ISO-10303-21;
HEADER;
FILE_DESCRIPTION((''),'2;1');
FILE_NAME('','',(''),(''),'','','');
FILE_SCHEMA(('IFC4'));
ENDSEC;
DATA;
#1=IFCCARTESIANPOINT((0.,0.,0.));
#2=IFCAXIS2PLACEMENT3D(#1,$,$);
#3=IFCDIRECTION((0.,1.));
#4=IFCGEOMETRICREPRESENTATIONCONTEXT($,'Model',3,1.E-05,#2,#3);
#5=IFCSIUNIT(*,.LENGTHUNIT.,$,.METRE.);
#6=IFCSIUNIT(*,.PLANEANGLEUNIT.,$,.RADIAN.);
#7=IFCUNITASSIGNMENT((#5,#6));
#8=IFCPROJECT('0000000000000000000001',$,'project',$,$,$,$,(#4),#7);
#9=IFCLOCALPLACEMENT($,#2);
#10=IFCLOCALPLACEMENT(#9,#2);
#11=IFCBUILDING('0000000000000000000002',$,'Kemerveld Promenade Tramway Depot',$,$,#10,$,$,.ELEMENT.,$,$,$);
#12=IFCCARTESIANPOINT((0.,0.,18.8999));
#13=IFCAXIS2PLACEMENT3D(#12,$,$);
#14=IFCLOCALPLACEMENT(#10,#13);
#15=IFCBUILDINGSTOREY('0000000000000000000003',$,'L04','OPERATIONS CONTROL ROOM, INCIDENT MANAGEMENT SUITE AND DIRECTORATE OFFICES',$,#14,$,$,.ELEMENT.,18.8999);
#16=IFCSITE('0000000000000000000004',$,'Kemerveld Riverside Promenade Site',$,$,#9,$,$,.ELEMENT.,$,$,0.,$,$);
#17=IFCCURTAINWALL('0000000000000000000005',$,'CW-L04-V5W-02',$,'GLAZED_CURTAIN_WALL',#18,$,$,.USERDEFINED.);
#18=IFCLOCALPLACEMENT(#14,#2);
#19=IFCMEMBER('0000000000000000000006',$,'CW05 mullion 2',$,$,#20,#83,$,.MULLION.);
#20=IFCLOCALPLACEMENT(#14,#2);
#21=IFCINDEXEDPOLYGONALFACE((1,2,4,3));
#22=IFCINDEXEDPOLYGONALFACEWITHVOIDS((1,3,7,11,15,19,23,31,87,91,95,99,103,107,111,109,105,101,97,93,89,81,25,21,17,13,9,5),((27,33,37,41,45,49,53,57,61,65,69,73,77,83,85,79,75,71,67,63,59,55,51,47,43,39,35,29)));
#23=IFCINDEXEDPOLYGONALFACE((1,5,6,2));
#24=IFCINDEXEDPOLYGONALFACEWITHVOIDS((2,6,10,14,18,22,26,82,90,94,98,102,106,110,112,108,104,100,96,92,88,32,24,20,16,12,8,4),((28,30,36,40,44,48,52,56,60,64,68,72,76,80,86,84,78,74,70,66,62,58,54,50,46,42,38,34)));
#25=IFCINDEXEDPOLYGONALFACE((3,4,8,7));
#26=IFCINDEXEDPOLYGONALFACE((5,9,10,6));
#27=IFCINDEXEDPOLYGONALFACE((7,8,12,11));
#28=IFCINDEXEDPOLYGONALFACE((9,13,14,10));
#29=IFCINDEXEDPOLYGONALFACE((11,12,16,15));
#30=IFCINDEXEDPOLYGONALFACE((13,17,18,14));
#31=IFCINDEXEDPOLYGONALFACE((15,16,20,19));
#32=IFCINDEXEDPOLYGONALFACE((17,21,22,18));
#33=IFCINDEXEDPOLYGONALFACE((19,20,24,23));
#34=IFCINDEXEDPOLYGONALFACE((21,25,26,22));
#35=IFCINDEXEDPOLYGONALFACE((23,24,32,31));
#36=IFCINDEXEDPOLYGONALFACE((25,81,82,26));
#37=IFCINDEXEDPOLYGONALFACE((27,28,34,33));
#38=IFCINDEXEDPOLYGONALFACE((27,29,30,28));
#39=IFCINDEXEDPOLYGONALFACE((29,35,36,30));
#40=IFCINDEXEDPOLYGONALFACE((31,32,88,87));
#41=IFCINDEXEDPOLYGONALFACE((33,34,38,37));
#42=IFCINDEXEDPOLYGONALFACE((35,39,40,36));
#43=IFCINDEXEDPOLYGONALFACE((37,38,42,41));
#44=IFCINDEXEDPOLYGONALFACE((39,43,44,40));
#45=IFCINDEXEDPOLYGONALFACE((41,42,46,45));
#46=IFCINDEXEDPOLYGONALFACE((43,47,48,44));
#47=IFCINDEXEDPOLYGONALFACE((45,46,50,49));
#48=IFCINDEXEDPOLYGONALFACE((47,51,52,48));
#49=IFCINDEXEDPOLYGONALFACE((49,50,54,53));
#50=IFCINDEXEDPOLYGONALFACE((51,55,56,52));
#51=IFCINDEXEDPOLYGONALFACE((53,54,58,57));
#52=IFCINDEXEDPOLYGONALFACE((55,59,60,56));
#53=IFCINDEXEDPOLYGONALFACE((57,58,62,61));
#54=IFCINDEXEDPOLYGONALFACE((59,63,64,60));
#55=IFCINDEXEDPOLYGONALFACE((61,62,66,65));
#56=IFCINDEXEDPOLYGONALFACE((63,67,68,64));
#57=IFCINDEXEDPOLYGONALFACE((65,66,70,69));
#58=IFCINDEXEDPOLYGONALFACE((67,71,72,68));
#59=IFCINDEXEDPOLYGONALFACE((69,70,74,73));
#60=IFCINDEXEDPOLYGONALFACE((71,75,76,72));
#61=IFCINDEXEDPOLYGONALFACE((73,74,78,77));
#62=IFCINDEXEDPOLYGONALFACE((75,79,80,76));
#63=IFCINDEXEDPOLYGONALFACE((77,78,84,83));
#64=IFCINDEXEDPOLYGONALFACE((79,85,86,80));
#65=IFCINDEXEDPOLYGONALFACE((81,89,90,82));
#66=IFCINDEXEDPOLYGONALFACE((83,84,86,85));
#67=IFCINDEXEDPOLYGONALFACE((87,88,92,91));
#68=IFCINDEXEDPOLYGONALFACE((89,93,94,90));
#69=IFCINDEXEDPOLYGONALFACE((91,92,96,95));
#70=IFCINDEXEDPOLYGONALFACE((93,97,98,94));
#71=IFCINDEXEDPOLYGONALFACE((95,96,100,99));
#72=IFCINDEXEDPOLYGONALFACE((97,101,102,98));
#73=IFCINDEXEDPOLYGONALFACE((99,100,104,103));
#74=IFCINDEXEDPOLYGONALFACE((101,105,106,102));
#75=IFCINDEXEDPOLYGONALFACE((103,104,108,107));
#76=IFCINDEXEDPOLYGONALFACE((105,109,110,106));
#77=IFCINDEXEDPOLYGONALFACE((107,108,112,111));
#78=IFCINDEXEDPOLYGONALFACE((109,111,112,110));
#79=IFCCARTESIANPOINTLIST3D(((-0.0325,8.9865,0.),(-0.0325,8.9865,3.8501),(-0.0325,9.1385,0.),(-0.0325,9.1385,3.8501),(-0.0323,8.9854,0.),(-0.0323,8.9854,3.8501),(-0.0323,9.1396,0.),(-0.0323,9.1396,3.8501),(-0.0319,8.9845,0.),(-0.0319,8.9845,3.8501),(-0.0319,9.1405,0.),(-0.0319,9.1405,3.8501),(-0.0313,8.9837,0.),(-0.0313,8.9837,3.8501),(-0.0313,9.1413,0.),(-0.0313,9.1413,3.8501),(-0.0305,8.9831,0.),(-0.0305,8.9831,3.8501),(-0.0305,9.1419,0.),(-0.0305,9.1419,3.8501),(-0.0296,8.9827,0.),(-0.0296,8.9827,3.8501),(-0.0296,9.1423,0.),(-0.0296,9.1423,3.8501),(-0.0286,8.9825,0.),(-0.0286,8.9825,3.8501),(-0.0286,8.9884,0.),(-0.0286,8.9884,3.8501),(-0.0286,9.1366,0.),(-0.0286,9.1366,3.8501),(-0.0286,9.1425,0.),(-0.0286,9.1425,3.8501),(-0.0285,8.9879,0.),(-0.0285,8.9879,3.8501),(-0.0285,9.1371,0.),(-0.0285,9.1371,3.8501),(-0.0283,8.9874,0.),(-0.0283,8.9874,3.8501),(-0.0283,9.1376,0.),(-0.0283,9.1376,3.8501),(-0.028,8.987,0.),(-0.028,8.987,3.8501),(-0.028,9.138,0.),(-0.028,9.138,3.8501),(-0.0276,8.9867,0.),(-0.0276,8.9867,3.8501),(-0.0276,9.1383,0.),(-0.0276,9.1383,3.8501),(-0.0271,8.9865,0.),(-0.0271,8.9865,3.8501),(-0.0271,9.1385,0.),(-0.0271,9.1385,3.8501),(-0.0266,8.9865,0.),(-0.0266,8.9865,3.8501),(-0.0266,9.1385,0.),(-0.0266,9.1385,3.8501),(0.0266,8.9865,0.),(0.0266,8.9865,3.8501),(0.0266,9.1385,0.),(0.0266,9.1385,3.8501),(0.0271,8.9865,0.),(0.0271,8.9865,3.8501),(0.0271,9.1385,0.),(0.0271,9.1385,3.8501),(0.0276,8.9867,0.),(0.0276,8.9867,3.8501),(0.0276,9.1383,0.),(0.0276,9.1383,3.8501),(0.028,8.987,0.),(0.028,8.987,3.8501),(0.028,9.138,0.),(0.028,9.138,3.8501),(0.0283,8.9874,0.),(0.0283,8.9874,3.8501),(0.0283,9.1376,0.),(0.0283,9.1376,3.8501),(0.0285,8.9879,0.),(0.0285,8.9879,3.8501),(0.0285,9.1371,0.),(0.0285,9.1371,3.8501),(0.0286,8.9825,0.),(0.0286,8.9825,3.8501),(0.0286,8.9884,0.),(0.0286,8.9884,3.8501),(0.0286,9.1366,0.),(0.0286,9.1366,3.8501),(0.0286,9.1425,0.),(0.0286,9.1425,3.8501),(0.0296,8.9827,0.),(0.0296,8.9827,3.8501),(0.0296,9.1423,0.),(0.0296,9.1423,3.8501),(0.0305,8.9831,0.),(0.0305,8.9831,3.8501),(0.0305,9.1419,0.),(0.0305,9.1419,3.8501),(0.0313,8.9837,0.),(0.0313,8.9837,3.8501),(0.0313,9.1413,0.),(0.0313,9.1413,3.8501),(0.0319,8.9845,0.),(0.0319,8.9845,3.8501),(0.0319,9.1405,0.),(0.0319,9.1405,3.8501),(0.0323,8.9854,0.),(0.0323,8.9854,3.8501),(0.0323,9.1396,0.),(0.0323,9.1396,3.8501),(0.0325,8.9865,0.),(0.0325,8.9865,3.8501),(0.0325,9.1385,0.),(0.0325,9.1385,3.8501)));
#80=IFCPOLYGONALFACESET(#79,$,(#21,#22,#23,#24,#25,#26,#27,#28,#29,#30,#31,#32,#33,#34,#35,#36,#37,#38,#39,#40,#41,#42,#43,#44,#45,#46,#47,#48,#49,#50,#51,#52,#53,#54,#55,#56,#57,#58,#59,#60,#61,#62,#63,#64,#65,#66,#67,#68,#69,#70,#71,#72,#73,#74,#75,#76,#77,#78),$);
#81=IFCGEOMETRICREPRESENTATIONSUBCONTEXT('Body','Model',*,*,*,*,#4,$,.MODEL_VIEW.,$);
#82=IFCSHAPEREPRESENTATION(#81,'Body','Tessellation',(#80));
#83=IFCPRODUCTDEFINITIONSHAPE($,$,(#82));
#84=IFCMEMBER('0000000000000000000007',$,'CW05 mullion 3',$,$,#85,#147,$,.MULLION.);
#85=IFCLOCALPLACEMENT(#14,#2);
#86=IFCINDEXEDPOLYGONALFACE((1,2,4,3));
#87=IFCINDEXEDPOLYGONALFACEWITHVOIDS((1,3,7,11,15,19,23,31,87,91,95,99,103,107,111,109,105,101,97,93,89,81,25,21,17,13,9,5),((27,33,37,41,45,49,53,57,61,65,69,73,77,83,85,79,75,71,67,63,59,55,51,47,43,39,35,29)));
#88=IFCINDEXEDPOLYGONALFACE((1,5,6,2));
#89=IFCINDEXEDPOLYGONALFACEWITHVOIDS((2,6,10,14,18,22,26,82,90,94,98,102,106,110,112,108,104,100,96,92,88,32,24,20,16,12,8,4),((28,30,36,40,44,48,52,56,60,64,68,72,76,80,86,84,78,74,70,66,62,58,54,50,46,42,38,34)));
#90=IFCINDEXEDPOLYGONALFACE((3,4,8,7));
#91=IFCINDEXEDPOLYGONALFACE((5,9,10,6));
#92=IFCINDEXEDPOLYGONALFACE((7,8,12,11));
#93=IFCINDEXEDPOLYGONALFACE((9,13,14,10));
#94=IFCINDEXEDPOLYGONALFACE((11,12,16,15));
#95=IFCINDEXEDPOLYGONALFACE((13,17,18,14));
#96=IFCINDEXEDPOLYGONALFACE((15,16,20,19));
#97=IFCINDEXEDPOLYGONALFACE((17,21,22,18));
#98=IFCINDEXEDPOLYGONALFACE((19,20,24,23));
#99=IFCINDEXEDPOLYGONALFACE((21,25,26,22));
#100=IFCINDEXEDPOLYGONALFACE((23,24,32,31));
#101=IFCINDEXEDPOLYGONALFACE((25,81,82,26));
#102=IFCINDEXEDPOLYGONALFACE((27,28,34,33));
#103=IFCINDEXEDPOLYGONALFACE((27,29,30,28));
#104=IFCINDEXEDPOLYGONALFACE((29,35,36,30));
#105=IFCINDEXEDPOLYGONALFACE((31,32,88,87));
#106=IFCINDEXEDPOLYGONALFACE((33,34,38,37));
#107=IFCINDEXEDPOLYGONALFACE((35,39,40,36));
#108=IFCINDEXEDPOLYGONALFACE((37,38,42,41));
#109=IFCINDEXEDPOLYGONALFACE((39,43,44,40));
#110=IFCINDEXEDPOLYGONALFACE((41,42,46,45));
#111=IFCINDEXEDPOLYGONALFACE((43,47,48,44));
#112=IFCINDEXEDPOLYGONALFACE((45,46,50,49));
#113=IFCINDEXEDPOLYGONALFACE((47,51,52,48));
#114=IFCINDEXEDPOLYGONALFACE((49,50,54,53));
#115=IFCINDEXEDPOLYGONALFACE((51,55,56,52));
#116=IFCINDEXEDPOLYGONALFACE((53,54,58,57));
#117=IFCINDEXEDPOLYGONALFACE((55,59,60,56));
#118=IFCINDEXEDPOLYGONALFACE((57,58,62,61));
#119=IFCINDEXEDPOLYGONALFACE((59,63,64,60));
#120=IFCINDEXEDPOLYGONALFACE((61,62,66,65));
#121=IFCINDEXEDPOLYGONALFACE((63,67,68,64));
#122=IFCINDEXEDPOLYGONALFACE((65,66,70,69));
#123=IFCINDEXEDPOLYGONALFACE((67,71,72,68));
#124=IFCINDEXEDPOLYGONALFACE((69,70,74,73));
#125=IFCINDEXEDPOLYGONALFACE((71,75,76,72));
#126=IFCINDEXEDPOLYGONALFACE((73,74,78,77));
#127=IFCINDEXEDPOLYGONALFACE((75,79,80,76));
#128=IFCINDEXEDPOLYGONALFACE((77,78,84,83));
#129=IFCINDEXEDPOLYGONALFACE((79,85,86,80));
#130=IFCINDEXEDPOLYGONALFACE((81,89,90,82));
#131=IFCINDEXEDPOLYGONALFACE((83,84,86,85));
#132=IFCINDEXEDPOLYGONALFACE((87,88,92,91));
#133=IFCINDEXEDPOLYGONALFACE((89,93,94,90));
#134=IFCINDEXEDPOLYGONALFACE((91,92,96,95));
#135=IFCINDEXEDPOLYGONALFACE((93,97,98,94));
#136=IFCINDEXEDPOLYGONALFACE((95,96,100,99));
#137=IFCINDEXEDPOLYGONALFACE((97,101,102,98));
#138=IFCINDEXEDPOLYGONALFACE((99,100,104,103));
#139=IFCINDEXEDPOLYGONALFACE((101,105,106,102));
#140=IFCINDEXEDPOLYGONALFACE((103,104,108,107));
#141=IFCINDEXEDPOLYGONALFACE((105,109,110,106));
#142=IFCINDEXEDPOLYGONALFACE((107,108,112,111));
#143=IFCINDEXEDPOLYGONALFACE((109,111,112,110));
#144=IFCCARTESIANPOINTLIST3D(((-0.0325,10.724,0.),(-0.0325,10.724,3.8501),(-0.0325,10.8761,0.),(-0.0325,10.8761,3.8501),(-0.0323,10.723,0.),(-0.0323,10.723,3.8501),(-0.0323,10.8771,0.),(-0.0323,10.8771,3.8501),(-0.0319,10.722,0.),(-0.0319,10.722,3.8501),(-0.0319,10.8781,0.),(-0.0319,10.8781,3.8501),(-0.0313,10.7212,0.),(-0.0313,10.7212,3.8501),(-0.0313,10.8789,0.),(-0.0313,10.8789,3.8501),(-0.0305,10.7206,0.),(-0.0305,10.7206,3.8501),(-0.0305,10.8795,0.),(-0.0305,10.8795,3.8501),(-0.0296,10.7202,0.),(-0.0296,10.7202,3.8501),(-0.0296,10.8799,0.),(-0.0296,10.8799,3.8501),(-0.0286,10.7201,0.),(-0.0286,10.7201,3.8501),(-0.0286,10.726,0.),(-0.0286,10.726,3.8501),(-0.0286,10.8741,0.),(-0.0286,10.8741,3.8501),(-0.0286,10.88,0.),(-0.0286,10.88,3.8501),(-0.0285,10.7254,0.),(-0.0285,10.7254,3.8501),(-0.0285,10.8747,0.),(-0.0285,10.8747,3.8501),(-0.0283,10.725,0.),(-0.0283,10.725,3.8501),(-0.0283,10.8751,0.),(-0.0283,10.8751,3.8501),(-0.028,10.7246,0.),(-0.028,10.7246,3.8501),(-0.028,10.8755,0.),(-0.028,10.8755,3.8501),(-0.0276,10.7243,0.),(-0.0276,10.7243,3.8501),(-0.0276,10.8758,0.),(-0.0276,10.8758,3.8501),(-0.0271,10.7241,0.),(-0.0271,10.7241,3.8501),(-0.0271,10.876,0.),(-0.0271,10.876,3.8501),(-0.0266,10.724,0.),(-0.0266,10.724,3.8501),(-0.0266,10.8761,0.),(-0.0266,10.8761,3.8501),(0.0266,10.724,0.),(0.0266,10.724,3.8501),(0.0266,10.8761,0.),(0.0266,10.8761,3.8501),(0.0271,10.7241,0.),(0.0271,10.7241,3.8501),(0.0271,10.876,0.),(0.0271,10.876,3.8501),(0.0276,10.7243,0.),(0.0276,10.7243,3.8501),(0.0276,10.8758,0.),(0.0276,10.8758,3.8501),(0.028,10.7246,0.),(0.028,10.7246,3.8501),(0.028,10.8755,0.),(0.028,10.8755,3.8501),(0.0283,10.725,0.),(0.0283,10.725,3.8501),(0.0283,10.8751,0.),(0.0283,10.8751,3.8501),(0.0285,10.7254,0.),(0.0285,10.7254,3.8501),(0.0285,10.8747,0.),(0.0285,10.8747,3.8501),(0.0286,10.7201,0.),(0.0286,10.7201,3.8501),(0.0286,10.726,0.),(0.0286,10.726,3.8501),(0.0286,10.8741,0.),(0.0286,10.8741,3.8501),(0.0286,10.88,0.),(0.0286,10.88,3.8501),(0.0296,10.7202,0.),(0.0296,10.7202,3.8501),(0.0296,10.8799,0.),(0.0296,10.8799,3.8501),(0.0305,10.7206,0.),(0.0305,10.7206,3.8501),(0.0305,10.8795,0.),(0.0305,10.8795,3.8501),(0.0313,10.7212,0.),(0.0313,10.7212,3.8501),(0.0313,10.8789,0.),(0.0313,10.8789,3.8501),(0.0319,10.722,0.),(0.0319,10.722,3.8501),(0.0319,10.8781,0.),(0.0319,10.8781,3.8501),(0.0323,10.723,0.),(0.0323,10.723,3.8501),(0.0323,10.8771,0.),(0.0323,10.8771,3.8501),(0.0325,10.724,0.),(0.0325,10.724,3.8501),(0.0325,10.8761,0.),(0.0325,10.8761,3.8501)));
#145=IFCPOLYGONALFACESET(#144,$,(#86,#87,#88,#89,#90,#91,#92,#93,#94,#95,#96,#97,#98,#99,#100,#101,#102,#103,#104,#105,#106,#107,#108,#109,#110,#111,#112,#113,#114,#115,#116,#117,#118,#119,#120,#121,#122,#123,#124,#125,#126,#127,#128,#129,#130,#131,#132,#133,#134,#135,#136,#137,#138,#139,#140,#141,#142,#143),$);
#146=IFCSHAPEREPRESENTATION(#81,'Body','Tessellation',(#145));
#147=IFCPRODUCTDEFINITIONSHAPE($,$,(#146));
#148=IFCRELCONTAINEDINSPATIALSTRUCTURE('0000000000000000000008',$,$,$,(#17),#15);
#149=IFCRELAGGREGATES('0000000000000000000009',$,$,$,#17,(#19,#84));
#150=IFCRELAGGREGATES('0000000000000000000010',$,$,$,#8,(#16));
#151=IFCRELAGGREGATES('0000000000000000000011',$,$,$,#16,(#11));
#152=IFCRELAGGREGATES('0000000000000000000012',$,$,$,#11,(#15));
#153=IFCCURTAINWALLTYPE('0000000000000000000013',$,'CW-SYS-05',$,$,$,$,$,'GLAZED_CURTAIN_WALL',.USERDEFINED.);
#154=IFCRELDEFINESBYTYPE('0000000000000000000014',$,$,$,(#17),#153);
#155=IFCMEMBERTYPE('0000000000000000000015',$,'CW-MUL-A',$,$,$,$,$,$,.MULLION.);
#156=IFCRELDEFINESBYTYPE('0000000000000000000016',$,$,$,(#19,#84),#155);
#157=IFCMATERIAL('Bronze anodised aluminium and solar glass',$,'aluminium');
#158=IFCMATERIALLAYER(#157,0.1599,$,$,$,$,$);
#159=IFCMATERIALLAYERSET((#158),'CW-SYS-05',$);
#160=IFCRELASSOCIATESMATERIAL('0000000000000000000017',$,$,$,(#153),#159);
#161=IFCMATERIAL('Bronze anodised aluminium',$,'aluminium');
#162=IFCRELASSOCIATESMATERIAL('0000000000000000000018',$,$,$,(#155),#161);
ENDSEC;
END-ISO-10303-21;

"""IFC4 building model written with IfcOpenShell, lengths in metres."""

from ifc_helpers import new_model, si_unit, direction, frame, origin, origin_2d, place, context, subcontext, project, spatial, hollow_rectangle, extrude, material, layer, layer_set, material_profile, profile_set, type_object, element, aggregate, save


model = new_model("IFC4")

# Units and contexts
model_context = context("Model", 3, precision=1e-05, world=origin(), true_north=direction((0.0, 1.0)))
body_context = subcontext(model_context, "Body", "Model", "MODEL_VIEW")
ifc_project = project(units=[si_unit("LENGTHUNIT", "METRE"), si_unit("PLANEANGLEUNIT", "RADIAN")], contexts=[model_context])

# Site, building, storey
site_placement = place(None, origin())
site = spatial("IfcSite", under=ifc_project, at=site_placement, Name="Kemerveld Riverside Promenade Site", CompositionType="ELEMENT", RefElevation=0.0)
building_placement = place(site_placement, origin())
building = spatial("IfcBuilding", under=site, at=building_placement, Name="Kemerveld Promenade Tramway Depot", CompositionType="ELEMENT")
storey_placement = place(building_placement, frame((0.0, 0.0, 18.8999)))
storey = spatial("IfcBuildingStorey", under=building, at=storey_placement, Name="L04", Description="OPERATIONS CONTROL ROOM, INCIDENT MANAGEMENT SUITE AND DIRECTORATE OFFICES", CompositionType="ELEMENT", Elevation=18.8999)

# Curtain wall, members
ifc_material_1 = material(Name="Bronze anodised aluminium and solar glass", Category="aluminium")
ifc_layer_1 = layer(ifc_material_1, 0.1599)
ifc_layer_set_1 = layer_set([ifc_layer_1], Name="CW-SYS-05")
curtain_wall_type = type_object("IfcCurtainWallType", Name="CW-SYS-05", ElementType="GLAZED_CURTAIN_WALL", PredefinedType="USERDEFINED", material=ifc_layer_set_1)
curtain_wall_placement = place(storey_placement, origin())
curtain_wall = element("IfcCurtainWall", 1, at=curtain_wall_placement, inside=storey, type_object=curtain_wall_type, Name="CW-L04-V5W-02", ObjectType="GLAZED_CURTAIN_WALL", PredefinedType="USERDEFINED")
ifc_material_2 = material(Name="Bronze anodised aluminium", Category="aluminium")
ifc_material_profile_1 = material_profile(ifc_material_2, hollow_rectangle(XDim=0.0649, YDim=0.1599, WallThickness=0.0039, InnerFilletRadius=0.002, OuterFilletRadius=0.0039, at=origin_2d()), Name="CW-MUL-160x65")
ifc_profile_set_1 = profile_set([ifc_material_profile_1], Name="Bronze anodised aluminium")
member_type_1 = type_object("IfcMemberType", Name="CW-MUL-A", PredefinedType="MULLION", material=ifc_profile_set_1)
member_1_placement = place(storey_placement, frame((0.0, 9.0625, 0.0), z_axis=(0.0, 0.0, 1.0), x_axis=(-1.0, 0.0, 0.0)))
member_1 = element("IfcMember", 2, at=member_1_placement, type_object=member_type_1, Name="CW05 mullion 2", PredefinedType="MULLION", context=body_context, shape_type="SweptSolid", body=[
    extrude(hollow_rectangle(XDim=0.0649, YDim=0.1599, WallThickness=0.0039, InnerFilletRadius=0.002, OuterFilletRadius=0.0039, at=origin_2d()), origin(), (0.0, 0.0, 1.0), 3.8501),
])
member_2_placement = place(storey_placement, frame((0.0, 10.8, 0.0), z_axis=(0.0, 0.0, 1.0), x_axis=(-1.0, 0.0, 0.0)))
member_2 = element("IfcMember", 3, at=member_2_placement, type_object=member_type_1, Name="CW05 mullion 3", PredefinedType="MULLION", context=body_context, shape_type="SweptSolid", body=[
    extrude(hollow_rectangle(XDim=0.0649, YDim=0.1599, WallThickness=0.0039, InnerFilletRadius=0.002, OuterFilletRadius=0.0039, at=origin_2d()), origin(), (0.0, 0.0, 1.0), 3.8501),
])
aggregate(curtain_wall, [member_1, member_2])

save(model, "model.ifc")
